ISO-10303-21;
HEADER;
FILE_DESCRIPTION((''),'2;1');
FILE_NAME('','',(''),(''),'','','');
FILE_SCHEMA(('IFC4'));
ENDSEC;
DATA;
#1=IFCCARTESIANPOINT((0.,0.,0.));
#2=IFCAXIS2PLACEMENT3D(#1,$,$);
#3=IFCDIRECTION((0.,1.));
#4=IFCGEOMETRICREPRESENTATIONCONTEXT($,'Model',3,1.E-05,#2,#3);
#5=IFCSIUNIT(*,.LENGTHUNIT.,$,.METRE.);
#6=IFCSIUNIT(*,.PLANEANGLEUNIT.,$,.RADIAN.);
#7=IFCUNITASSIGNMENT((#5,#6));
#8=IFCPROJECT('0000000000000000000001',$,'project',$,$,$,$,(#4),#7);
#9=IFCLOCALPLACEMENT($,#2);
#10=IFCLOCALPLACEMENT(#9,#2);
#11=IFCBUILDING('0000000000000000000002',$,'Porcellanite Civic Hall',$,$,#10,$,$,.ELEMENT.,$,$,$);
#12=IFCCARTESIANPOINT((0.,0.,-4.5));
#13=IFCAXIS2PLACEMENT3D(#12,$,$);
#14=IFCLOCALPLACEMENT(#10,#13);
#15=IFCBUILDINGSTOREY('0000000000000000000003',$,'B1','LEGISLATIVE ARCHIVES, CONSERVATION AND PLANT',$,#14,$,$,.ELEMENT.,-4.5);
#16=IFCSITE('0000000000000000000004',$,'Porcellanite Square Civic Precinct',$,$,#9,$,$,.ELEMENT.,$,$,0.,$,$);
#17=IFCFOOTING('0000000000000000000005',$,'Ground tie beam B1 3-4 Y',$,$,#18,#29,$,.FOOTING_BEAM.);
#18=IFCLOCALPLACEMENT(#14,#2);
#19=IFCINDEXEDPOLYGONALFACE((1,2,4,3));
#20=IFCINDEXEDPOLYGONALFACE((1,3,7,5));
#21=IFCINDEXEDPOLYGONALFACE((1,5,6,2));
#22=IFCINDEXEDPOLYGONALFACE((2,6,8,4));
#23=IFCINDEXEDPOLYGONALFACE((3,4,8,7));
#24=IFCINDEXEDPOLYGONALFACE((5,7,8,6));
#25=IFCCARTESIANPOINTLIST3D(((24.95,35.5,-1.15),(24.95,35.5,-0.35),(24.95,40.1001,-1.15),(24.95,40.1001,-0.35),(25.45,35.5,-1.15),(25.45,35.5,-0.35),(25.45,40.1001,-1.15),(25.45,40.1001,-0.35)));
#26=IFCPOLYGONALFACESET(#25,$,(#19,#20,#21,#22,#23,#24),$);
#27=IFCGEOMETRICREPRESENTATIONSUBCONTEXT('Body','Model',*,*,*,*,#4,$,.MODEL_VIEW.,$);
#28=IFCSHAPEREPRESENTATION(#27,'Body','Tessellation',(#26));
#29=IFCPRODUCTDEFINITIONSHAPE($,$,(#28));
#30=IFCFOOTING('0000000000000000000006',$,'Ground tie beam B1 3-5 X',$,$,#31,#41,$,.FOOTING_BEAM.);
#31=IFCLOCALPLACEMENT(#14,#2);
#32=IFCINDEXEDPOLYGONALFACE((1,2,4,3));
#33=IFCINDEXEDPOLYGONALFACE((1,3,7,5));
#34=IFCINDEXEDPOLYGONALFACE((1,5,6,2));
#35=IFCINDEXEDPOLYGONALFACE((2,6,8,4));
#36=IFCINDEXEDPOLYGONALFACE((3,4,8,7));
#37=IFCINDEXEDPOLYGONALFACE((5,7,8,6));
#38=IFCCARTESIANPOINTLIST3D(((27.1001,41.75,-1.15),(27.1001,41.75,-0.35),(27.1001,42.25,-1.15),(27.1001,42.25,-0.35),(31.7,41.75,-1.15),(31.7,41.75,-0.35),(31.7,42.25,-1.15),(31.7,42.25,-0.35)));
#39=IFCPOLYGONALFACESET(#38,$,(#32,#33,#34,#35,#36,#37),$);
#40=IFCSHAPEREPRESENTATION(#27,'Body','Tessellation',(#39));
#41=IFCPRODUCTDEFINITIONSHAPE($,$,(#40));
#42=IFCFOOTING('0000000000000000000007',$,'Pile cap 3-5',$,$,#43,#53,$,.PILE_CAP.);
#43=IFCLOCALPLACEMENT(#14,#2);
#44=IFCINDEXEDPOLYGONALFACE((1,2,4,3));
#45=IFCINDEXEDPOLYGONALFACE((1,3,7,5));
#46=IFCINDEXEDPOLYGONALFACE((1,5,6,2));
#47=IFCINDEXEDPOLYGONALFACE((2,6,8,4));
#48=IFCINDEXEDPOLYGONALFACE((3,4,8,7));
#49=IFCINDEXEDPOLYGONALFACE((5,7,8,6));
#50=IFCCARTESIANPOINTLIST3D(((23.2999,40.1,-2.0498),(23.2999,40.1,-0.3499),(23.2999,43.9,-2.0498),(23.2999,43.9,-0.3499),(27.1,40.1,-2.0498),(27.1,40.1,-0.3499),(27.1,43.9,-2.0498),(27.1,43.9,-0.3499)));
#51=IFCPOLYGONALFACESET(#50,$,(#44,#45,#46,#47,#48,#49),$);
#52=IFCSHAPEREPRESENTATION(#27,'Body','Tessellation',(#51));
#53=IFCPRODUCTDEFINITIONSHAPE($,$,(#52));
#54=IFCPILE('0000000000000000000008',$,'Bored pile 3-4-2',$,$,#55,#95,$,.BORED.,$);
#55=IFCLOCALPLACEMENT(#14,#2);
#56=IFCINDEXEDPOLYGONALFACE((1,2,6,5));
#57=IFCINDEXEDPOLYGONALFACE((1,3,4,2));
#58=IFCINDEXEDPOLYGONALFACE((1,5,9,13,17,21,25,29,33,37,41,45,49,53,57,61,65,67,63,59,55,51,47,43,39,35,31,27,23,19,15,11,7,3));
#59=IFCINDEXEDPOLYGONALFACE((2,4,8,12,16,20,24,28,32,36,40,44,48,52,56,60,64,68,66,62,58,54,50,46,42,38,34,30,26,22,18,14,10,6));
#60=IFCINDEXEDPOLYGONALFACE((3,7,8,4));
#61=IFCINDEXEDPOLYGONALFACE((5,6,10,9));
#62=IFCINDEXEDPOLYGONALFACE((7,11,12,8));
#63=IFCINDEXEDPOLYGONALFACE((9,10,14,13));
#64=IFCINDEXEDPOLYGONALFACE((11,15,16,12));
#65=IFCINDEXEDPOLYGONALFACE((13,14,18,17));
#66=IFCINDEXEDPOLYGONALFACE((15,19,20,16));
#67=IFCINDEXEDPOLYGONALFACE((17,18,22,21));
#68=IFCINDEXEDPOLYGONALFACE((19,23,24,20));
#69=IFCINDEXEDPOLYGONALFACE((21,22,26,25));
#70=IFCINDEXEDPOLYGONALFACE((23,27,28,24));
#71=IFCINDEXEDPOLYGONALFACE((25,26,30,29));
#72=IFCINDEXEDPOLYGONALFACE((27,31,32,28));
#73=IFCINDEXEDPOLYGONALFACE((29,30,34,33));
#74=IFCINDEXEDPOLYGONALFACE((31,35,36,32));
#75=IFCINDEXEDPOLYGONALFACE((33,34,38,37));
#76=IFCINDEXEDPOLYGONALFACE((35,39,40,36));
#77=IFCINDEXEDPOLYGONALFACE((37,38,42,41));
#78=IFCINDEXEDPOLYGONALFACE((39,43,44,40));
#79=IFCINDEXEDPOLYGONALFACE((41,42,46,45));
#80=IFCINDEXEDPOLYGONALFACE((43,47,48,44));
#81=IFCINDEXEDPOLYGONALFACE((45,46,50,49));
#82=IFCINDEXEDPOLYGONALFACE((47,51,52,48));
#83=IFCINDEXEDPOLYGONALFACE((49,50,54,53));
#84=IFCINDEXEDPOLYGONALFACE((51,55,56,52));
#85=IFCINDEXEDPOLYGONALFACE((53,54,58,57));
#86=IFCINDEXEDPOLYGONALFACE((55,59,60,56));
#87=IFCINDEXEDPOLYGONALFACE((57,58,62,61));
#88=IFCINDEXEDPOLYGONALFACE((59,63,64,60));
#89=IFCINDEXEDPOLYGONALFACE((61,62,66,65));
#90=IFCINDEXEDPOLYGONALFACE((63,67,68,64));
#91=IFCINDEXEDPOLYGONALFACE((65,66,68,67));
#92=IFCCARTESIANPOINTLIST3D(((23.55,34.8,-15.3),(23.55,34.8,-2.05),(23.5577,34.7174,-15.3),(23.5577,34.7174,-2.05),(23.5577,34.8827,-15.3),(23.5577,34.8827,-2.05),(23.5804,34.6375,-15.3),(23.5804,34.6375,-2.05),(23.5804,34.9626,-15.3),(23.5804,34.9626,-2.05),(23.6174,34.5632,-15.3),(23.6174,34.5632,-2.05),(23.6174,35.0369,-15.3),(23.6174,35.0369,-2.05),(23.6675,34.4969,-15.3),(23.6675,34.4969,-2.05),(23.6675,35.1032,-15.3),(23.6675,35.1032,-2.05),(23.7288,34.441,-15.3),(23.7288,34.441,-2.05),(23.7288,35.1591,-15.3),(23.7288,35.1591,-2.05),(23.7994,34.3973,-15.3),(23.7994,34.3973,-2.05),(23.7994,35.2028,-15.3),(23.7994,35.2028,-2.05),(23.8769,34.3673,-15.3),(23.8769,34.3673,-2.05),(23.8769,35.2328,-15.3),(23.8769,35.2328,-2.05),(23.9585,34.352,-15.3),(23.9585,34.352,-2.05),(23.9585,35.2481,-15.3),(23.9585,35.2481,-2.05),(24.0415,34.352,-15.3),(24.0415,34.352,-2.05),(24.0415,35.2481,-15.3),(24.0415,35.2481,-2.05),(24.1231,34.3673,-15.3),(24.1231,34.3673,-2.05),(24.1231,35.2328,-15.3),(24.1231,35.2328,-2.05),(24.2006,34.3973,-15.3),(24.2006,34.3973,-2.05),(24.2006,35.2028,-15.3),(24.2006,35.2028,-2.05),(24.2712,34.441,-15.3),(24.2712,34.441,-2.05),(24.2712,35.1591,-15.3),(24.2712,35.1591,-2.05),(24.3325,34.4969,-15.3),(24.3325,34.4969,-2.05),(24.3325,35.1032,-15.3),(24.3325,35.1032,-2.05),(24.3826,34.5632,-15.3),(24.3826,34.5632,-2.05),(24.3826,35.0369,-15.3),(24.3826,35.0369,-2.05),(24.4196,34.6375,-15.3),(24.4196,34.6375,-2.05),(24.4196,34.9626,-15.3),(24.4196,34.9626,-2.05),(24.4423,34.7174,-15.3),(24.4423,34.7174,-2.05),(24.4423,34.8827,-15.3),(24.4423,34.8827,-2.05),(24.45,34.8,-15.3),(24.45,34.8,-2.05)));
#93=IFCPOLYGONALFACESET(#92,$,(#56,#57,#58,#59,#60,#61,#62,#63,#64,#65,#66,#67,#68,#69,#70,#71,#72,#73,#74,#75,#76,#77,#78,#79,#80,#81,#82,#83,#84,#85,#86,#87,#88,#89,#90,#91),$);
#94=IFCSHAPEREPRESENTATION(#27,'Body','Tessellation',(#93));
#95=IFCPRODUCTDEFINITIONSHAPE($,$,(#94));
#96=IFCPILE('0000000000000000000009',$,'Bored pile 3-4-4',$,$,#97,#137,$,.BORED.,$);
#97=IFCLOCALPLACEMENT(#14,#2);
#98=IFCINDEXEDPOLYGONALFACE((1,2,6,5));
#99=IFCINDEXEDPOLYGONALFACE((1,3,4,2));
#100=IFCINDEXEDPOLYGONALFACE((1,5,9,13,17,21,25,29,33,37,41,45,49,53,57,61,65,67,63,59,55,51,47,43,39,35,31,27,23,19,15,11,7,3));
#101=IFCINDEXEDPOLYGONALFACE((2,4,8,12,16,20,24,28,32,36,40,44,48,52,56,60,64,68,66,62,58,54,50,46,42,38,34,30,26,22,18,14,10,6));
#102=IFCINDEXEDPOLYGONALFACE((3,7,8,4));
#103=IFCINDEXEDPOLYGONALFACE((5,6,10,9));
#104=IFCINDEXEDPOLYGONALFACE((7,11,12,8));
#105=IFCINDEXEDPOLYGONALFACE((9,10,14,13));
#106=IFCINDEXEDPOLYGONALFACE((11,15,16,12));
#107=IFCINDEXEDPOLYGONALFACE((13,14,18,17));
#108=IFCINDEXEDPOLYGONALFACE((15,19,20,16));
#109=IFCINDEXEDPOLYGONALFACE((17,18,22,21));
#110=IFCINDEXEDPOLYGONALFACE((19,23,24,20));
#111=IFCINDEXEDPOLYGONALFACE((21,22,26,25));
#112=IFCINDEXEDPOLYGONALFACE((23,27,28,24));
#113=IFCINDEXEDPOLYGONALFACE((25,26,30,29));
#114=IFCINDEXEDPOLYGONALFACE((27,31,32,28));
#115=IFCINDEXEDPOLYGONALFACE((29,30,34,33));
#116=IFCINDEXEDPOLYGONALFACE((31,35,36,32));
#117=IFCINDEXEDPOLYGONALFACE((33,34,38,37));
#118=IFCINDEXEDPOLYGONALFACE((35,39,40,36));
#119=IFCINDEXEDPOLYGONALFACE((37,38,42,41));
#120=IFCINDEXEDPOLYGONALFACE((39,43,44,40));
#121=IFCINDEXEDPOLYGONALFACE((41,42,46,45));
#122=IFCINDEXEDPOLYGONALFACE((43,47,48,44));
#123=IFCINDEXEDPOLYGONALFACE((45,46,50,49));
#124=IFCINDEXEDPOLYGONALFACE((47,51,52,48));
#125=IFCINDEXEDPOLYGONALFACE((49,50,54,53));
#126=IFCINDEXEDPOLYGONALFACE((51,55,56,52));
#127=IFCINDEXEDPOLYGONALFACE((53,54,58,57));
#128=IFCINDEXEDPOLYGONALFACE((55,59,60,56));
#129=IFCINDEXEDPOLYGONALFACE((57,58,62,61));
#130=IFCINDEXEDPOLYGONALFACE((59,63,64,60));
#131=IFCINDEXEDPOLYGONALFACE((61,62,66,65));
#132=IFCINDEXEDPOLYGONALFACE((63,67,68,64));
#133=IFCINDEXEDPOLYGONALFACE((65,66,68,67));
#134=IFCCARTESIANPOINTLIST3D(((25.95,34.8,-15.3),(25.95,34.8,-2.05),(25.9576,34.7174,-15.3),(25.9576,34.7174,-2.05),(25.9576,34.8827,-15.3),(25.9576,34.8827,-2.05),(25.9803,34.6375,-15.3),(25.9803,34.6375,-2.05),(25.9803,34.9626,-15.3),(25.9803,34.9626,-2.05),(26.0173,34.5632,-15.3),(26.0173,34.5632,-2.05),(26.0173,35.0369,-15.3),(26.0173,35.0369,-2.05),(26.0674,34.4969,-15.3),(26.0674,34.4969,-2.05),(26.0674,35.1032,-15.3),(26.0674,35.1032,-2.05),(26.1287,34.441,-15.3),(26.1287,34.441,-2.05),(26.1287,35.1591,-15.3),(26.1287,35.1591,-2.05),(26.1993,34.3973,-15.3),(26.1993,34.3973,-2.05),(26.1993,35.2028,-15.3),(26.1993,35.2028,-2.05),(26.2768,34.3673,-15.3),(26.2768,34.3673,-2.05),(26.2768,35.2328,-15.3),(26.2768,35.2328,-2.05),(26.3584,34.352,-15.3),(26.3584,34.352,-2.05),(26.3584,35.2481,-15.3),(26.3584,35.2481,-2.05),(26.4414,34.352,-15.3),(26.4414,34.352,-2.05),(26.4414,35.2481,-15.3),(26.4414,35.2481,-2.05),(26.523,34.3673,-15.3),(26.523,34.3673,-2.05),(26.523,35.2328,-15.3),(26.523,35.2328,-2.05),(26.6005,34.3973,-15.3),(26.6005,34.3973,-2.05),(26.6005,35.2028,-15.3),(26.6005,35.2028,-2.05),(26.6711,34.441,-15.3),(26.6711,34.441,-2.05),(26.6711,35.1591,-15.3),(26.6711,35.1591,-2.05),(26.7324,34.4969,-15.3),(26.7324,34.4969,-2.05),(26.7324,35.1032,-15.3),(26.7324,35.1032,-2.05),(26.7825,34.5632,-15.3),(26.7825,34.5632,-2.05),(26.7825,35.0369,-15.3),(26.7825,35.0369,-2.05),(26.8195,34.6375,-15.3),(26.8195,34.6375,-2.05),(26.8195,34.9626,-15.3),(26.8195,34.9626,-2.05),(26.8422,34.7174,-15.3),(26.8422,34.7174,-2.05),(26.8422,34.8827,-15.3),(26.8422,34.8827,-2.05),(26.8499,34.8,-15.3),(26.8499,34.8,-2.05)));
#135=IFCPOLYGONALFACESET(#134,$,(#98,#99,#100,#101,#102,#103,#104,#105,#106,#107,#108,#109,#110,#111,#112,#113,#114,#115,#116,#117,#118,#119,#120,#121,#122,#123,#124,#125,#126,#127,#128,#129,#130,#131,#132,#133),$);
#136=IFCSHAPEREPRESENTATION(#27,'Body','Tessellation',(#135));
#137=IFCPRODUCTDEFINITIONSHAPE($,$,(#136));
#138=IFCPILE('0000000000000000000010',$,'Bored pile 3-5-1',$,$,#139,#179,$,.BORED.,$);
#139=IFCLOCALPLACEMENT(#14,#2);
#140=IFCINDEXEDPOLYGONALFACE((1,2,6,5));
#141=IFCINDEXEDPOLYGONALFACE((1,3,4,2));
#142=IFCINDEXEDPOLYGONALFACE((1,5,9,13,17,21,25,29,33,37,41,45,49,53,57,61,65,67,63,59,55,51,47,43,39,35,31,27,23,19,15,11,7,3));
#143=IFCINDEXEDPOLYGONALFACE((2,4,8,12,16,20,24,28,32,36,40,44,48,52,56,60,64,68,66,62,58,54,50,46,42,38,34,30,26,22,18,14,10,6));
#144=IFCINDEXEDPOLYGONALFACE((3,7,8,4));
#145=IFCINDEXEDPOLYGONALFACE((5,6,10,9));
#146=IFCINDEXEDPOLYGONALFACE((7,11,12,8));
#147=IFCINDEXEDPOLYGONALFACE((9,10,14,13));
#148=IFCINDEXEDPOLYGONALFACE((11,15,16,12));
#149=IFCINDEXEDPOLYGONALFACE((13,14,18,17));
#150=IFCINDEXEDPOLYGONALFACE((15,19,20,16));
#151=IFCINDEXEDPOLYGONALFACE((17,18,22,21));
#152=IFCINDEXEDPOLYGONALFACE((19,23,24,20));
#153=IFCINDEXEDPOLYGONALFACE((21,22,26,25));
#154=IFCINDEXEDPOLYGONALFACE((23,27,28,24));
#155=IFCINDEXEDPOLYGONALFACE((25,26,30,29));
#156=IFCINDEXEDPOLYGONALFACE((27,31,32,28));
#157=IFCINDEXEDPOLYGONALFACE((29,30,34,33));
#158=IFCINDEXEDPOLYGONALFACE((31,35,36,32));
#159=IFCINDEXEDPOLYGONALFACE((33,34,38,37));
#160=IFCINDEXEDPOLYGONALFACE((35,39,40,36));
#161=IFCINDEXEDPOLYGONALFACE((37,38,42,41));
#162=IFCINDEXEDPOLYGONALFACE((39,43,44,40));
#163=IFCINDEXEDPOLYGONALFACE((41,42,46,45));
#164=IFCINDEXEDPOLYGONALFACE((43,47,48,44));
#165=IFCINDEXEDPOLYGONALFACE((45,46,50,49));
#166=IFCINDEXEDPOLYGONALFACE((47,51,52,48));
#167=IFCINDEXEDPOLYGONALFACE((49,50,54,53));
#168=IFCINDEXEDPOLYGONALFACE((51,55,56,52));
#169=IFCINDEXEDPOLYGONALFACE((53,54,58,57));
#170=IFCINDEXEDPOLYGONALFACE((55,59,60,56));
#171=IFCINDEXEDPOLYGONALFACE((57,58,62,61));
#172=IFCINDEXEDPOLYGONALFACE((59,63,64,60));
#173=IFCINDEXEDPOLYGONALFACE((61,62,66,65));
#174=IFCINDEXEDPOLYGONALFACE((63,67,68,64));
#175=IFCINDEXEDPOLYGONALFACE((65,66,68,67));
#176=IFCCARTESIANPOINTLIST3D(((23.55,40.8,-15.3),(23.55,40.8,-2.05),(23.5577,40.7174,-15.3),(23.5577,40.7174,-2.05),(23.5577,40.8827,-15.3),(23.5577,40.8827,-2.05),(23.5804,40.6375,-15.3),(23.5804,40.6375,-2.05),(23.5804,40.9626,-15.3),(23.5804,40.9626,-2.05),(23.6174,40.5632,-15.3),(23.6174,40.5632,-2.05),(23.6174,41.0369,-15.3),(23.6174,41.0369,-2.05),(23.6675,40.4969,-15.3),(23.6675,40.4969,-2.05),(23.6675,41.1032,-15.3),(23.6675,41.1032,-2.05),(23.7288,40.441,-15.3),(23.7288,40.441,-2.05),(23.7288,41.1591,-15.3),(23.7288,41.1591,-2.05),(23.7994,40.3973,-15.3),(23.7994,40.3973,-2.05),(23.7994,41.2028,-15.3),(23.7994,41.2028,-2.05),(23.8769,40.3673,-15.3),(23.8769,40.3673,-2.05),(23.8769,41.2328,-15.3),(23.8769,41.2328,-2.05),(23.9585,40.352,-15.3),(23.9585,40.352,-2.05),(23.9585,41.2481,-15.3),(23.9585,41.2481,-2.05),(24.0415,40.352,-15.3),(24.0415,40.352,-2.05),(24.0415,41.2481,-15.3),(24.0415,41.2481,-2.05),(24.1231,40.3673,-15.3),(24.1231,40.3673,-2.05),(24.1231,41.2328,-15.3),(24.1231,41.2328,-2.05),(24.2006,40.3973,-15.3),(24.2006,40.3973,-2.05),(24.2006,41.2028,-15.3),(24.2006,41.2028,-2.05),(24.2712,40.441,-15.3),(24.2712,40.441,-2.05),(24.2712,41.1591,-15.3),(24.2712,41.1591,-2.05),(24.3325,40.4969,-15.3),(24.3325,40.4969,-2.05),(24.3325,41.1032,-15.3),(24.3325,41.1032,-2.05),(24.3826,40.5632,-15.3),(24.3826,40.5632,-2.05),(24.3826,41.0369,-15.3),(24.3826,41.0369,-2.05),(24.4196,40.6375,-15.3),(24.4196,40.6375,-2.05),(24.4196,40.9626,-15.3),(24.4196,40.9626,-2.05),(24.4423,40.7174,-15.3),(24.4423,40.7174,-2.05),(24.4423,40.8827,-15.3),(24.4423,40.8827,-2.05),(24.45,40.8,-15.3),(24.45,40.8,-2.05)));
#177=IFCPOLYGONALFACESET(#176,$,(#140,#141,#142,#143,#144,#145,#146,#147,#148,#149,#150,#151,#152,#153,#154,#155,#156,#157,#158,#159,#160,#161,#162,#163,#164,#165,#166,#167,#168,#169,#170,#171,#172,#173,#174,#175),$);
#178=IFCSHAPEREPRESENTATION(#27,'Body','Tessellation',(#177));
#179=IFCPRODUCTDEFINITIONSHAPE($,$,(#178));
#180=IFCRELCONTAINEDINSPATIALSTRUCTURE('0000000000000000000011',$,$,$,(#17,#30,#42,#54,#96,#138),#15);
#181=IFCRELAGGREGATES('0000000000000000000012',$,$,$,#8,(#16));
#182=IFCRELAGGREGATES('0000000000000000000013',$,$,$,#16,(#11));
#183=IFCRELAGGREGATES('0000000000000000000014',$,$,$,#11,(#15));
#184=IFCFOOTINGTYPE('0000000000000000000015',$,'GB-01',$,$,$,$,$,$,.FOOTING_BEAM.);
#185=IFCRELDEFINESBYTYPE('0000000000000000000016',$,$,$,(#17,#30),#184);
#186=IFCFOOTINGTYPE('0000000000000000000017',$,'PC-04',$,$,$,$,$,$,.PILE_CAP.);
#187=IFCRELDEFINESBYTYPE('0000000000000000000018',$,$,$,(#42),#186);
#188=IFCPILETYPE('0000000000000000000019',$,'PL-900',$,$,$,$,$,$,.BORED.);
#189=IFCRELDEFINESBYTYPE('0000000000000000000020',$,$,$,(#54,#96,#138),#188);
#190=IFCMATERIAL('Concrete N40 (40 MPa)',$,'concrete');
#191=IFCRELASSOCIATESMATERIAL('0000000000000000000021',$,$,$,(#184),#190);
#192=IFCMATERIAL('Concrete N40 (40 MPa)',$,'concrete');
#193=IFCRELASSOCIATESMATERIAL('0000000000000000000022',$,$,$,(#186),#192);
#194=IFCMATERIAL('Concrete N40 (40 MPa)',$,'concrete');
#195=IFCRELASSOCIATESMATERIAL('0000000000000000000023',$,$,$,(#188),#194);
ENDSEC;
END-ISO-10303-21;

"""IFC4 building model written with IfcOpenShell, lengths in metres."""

from ifc_helpers import new_model, si_unit, direction, frame, origin, origin_2d, place, context, subcontext, project, spatial, rectangle, circle, extrude, material, material_profile, profile_set, type_object, element, save


model = new_model("IFC4")

# Units and contexts
model_context = context("Model", 3, precision=1e-05, world=origin(), true_north=direction((0.0, 1.0)))
body_context = subcontext(model_context, "Body", "Model", "MODEL_VIEW")
ifc_project = project(units=[si_unit("LENGTHUNIT", "METRE"), si_unit("PLANEANGLEUNIT", "RADIAN")], contexts=[model_context])

# Site, building, storey
site_placement = place(None, origin())
site = spatial("IfcSite", under=ifc_project, at=site_placement, Name="Porcellanite Square Civic Precinct", CompositionType="ELEMENT", RefElevation=0.0)
building_placement = place(site_placement, origin())
building = spatial("IfcBuilding", under=site, at=building_placement, Name="Porcellanite Civic Hall", CompositionType="ELEMENT")
storey_placement = place(building_placement, frame((0.0, 0.0, -4.5)))
storey = spatial("IfcBuildingStorey", under=building, at=storey_placement, Name="B1", Description="LEGISLATIVE ARCHIVES, CONSERVATION AND PLANT", CompositionType="ELEMENT", Elevation=-4.5)

# Footings
ifc_material_1 = material(Name="Concrete N40 (40 MPa)", Category="concrete")
ifc_material_profile_1 = material_profile(ifc_material_1, rectangle(XDim=0.5, YDim=0.8, at=origin_2d()), Name="RC-500x800")
ifc_profile_set_1 = profile_set([ifc_material_profile_1], Name="Concrete N40 (40 MPa)")
footing_type_1 = type_object("IfcFootingType", Name="GB-01", PredefinedType="FOOTING_BEAM", material=ifc_profile_set_1)
footing_1_placement = place(storey_placement, frame((25.2, 35.5, -0.75), z_axis=(0.0, 1.0, 0.0), x_axis=(-1.0, 0.0, 0.0)))
element("IfcFooting", 1, at=footing_1_placement, inside=storey, type_object=footing_type_1, Name="Ground tie beam B1 3-4 Y", PredefinedType="FOOTING_BEAM", context=body_context, shape_type="SweptSolid", body=[
    extrude(rectangle(XDim=0.5, YDim=0.8, at=origin_2d()), origin(), (0.0, 0.0, 1.0), 4.6001),
])
footing_2_placement = place(storey_placement, frame((27.1001, 42.0, -0.75), z_axis=(1.0, 0.0, 0.0), x_axis=(0.0, 1.0, 0.0)))
element("IfcFooting", 2, at=footing_2_placement, inside=storey, type_object=footing_type_1, Name="Ground tie beam B1 3-5 X", PredefinedType="FOOTING_BEAM", context=body_context, shape_type="SweptSolid", body=[
    extrude(rectangle(XDim=0.5, YDim=0.8, at=origin_2d()), origin(), (0.0, 0.0, 1.0), 4.5999),
])
ifc_material_2 = material(Name="Concrete N40 (40 MPa)", Category="concrete")
footing_type_2 = type_object("IfcFootingType", Name="PC-04", PredefinedType="PILE_CAP", material=ifc_material_2)
footing_3_placement = place(storey_placement, frame((25.2, 42.0, -2.0498), z_axis=(0.0, 0.0, 1.0), x_axis=(1.0, 0.0, 0.0)))
element("IfcFooting", 3, at=footing_3_placement, inside=storey, type_object=footing_type_2, Name="Pile cap 3-5", PredefinedType="PILE_CAP", context=body_context, shape_type="SweptSolid", body=[
    extrude(rectangle(XDim=3.8, YDim=3.8, at=origin_2d()), origin(), (0.0, 0.0, 1.0), 1.7),
])

# Piles
ifc_material_3 = material(Name="Concrete N40 (40 MPa)", Category="concrete")
ifc_material_profile_2 = material_profile(ifc_material_3, circle(Radius=0.45, at=origin_2d()), Name="PILE-D900")
ifc_profile_set_2 = profile_set([ifc_material_profile_2], Name="Concrete N40 (40 MPa)")
pile_type = type_object("IfcPileType", Name="PL-900", PredefinedType="BORED", material=ifc_profile_set_2)
for number, where, z_axis, x_axis, name in (
    (4, (24.0, 34.8, -2.05), (0.0, 0.0, -1.0), (1.0, 0.0, 0.0), "Bored pile 3-4-2"),
    (5, (26.3999, 34.8, -2.05), (0.0, 0.0, -1.0), (1.0, 0.0, 0.0), "Bored pile 3-4-4"),
    (6, (24.0, 40.8, -2.05), (0.0, 0.0, -1.0), (1.0, 0.0, 0.0), "Bored pile 3-5-1"),
):
    element("IfcPile", number, at=place(storey_placement, frame(where, z_axis=z_axis, x_axis=x_axis)), inside=storey, type_object=pile_type, Name=name, PredefinedType="BORED", context=body_context, shape_type="SweptSolid", body=[
        extrude(circle(Radius=0.45, at=origin_2d()), origin(), (0.0, 0.0, 1.0), 13.25),
    ])

save(model, "model.ifc")
